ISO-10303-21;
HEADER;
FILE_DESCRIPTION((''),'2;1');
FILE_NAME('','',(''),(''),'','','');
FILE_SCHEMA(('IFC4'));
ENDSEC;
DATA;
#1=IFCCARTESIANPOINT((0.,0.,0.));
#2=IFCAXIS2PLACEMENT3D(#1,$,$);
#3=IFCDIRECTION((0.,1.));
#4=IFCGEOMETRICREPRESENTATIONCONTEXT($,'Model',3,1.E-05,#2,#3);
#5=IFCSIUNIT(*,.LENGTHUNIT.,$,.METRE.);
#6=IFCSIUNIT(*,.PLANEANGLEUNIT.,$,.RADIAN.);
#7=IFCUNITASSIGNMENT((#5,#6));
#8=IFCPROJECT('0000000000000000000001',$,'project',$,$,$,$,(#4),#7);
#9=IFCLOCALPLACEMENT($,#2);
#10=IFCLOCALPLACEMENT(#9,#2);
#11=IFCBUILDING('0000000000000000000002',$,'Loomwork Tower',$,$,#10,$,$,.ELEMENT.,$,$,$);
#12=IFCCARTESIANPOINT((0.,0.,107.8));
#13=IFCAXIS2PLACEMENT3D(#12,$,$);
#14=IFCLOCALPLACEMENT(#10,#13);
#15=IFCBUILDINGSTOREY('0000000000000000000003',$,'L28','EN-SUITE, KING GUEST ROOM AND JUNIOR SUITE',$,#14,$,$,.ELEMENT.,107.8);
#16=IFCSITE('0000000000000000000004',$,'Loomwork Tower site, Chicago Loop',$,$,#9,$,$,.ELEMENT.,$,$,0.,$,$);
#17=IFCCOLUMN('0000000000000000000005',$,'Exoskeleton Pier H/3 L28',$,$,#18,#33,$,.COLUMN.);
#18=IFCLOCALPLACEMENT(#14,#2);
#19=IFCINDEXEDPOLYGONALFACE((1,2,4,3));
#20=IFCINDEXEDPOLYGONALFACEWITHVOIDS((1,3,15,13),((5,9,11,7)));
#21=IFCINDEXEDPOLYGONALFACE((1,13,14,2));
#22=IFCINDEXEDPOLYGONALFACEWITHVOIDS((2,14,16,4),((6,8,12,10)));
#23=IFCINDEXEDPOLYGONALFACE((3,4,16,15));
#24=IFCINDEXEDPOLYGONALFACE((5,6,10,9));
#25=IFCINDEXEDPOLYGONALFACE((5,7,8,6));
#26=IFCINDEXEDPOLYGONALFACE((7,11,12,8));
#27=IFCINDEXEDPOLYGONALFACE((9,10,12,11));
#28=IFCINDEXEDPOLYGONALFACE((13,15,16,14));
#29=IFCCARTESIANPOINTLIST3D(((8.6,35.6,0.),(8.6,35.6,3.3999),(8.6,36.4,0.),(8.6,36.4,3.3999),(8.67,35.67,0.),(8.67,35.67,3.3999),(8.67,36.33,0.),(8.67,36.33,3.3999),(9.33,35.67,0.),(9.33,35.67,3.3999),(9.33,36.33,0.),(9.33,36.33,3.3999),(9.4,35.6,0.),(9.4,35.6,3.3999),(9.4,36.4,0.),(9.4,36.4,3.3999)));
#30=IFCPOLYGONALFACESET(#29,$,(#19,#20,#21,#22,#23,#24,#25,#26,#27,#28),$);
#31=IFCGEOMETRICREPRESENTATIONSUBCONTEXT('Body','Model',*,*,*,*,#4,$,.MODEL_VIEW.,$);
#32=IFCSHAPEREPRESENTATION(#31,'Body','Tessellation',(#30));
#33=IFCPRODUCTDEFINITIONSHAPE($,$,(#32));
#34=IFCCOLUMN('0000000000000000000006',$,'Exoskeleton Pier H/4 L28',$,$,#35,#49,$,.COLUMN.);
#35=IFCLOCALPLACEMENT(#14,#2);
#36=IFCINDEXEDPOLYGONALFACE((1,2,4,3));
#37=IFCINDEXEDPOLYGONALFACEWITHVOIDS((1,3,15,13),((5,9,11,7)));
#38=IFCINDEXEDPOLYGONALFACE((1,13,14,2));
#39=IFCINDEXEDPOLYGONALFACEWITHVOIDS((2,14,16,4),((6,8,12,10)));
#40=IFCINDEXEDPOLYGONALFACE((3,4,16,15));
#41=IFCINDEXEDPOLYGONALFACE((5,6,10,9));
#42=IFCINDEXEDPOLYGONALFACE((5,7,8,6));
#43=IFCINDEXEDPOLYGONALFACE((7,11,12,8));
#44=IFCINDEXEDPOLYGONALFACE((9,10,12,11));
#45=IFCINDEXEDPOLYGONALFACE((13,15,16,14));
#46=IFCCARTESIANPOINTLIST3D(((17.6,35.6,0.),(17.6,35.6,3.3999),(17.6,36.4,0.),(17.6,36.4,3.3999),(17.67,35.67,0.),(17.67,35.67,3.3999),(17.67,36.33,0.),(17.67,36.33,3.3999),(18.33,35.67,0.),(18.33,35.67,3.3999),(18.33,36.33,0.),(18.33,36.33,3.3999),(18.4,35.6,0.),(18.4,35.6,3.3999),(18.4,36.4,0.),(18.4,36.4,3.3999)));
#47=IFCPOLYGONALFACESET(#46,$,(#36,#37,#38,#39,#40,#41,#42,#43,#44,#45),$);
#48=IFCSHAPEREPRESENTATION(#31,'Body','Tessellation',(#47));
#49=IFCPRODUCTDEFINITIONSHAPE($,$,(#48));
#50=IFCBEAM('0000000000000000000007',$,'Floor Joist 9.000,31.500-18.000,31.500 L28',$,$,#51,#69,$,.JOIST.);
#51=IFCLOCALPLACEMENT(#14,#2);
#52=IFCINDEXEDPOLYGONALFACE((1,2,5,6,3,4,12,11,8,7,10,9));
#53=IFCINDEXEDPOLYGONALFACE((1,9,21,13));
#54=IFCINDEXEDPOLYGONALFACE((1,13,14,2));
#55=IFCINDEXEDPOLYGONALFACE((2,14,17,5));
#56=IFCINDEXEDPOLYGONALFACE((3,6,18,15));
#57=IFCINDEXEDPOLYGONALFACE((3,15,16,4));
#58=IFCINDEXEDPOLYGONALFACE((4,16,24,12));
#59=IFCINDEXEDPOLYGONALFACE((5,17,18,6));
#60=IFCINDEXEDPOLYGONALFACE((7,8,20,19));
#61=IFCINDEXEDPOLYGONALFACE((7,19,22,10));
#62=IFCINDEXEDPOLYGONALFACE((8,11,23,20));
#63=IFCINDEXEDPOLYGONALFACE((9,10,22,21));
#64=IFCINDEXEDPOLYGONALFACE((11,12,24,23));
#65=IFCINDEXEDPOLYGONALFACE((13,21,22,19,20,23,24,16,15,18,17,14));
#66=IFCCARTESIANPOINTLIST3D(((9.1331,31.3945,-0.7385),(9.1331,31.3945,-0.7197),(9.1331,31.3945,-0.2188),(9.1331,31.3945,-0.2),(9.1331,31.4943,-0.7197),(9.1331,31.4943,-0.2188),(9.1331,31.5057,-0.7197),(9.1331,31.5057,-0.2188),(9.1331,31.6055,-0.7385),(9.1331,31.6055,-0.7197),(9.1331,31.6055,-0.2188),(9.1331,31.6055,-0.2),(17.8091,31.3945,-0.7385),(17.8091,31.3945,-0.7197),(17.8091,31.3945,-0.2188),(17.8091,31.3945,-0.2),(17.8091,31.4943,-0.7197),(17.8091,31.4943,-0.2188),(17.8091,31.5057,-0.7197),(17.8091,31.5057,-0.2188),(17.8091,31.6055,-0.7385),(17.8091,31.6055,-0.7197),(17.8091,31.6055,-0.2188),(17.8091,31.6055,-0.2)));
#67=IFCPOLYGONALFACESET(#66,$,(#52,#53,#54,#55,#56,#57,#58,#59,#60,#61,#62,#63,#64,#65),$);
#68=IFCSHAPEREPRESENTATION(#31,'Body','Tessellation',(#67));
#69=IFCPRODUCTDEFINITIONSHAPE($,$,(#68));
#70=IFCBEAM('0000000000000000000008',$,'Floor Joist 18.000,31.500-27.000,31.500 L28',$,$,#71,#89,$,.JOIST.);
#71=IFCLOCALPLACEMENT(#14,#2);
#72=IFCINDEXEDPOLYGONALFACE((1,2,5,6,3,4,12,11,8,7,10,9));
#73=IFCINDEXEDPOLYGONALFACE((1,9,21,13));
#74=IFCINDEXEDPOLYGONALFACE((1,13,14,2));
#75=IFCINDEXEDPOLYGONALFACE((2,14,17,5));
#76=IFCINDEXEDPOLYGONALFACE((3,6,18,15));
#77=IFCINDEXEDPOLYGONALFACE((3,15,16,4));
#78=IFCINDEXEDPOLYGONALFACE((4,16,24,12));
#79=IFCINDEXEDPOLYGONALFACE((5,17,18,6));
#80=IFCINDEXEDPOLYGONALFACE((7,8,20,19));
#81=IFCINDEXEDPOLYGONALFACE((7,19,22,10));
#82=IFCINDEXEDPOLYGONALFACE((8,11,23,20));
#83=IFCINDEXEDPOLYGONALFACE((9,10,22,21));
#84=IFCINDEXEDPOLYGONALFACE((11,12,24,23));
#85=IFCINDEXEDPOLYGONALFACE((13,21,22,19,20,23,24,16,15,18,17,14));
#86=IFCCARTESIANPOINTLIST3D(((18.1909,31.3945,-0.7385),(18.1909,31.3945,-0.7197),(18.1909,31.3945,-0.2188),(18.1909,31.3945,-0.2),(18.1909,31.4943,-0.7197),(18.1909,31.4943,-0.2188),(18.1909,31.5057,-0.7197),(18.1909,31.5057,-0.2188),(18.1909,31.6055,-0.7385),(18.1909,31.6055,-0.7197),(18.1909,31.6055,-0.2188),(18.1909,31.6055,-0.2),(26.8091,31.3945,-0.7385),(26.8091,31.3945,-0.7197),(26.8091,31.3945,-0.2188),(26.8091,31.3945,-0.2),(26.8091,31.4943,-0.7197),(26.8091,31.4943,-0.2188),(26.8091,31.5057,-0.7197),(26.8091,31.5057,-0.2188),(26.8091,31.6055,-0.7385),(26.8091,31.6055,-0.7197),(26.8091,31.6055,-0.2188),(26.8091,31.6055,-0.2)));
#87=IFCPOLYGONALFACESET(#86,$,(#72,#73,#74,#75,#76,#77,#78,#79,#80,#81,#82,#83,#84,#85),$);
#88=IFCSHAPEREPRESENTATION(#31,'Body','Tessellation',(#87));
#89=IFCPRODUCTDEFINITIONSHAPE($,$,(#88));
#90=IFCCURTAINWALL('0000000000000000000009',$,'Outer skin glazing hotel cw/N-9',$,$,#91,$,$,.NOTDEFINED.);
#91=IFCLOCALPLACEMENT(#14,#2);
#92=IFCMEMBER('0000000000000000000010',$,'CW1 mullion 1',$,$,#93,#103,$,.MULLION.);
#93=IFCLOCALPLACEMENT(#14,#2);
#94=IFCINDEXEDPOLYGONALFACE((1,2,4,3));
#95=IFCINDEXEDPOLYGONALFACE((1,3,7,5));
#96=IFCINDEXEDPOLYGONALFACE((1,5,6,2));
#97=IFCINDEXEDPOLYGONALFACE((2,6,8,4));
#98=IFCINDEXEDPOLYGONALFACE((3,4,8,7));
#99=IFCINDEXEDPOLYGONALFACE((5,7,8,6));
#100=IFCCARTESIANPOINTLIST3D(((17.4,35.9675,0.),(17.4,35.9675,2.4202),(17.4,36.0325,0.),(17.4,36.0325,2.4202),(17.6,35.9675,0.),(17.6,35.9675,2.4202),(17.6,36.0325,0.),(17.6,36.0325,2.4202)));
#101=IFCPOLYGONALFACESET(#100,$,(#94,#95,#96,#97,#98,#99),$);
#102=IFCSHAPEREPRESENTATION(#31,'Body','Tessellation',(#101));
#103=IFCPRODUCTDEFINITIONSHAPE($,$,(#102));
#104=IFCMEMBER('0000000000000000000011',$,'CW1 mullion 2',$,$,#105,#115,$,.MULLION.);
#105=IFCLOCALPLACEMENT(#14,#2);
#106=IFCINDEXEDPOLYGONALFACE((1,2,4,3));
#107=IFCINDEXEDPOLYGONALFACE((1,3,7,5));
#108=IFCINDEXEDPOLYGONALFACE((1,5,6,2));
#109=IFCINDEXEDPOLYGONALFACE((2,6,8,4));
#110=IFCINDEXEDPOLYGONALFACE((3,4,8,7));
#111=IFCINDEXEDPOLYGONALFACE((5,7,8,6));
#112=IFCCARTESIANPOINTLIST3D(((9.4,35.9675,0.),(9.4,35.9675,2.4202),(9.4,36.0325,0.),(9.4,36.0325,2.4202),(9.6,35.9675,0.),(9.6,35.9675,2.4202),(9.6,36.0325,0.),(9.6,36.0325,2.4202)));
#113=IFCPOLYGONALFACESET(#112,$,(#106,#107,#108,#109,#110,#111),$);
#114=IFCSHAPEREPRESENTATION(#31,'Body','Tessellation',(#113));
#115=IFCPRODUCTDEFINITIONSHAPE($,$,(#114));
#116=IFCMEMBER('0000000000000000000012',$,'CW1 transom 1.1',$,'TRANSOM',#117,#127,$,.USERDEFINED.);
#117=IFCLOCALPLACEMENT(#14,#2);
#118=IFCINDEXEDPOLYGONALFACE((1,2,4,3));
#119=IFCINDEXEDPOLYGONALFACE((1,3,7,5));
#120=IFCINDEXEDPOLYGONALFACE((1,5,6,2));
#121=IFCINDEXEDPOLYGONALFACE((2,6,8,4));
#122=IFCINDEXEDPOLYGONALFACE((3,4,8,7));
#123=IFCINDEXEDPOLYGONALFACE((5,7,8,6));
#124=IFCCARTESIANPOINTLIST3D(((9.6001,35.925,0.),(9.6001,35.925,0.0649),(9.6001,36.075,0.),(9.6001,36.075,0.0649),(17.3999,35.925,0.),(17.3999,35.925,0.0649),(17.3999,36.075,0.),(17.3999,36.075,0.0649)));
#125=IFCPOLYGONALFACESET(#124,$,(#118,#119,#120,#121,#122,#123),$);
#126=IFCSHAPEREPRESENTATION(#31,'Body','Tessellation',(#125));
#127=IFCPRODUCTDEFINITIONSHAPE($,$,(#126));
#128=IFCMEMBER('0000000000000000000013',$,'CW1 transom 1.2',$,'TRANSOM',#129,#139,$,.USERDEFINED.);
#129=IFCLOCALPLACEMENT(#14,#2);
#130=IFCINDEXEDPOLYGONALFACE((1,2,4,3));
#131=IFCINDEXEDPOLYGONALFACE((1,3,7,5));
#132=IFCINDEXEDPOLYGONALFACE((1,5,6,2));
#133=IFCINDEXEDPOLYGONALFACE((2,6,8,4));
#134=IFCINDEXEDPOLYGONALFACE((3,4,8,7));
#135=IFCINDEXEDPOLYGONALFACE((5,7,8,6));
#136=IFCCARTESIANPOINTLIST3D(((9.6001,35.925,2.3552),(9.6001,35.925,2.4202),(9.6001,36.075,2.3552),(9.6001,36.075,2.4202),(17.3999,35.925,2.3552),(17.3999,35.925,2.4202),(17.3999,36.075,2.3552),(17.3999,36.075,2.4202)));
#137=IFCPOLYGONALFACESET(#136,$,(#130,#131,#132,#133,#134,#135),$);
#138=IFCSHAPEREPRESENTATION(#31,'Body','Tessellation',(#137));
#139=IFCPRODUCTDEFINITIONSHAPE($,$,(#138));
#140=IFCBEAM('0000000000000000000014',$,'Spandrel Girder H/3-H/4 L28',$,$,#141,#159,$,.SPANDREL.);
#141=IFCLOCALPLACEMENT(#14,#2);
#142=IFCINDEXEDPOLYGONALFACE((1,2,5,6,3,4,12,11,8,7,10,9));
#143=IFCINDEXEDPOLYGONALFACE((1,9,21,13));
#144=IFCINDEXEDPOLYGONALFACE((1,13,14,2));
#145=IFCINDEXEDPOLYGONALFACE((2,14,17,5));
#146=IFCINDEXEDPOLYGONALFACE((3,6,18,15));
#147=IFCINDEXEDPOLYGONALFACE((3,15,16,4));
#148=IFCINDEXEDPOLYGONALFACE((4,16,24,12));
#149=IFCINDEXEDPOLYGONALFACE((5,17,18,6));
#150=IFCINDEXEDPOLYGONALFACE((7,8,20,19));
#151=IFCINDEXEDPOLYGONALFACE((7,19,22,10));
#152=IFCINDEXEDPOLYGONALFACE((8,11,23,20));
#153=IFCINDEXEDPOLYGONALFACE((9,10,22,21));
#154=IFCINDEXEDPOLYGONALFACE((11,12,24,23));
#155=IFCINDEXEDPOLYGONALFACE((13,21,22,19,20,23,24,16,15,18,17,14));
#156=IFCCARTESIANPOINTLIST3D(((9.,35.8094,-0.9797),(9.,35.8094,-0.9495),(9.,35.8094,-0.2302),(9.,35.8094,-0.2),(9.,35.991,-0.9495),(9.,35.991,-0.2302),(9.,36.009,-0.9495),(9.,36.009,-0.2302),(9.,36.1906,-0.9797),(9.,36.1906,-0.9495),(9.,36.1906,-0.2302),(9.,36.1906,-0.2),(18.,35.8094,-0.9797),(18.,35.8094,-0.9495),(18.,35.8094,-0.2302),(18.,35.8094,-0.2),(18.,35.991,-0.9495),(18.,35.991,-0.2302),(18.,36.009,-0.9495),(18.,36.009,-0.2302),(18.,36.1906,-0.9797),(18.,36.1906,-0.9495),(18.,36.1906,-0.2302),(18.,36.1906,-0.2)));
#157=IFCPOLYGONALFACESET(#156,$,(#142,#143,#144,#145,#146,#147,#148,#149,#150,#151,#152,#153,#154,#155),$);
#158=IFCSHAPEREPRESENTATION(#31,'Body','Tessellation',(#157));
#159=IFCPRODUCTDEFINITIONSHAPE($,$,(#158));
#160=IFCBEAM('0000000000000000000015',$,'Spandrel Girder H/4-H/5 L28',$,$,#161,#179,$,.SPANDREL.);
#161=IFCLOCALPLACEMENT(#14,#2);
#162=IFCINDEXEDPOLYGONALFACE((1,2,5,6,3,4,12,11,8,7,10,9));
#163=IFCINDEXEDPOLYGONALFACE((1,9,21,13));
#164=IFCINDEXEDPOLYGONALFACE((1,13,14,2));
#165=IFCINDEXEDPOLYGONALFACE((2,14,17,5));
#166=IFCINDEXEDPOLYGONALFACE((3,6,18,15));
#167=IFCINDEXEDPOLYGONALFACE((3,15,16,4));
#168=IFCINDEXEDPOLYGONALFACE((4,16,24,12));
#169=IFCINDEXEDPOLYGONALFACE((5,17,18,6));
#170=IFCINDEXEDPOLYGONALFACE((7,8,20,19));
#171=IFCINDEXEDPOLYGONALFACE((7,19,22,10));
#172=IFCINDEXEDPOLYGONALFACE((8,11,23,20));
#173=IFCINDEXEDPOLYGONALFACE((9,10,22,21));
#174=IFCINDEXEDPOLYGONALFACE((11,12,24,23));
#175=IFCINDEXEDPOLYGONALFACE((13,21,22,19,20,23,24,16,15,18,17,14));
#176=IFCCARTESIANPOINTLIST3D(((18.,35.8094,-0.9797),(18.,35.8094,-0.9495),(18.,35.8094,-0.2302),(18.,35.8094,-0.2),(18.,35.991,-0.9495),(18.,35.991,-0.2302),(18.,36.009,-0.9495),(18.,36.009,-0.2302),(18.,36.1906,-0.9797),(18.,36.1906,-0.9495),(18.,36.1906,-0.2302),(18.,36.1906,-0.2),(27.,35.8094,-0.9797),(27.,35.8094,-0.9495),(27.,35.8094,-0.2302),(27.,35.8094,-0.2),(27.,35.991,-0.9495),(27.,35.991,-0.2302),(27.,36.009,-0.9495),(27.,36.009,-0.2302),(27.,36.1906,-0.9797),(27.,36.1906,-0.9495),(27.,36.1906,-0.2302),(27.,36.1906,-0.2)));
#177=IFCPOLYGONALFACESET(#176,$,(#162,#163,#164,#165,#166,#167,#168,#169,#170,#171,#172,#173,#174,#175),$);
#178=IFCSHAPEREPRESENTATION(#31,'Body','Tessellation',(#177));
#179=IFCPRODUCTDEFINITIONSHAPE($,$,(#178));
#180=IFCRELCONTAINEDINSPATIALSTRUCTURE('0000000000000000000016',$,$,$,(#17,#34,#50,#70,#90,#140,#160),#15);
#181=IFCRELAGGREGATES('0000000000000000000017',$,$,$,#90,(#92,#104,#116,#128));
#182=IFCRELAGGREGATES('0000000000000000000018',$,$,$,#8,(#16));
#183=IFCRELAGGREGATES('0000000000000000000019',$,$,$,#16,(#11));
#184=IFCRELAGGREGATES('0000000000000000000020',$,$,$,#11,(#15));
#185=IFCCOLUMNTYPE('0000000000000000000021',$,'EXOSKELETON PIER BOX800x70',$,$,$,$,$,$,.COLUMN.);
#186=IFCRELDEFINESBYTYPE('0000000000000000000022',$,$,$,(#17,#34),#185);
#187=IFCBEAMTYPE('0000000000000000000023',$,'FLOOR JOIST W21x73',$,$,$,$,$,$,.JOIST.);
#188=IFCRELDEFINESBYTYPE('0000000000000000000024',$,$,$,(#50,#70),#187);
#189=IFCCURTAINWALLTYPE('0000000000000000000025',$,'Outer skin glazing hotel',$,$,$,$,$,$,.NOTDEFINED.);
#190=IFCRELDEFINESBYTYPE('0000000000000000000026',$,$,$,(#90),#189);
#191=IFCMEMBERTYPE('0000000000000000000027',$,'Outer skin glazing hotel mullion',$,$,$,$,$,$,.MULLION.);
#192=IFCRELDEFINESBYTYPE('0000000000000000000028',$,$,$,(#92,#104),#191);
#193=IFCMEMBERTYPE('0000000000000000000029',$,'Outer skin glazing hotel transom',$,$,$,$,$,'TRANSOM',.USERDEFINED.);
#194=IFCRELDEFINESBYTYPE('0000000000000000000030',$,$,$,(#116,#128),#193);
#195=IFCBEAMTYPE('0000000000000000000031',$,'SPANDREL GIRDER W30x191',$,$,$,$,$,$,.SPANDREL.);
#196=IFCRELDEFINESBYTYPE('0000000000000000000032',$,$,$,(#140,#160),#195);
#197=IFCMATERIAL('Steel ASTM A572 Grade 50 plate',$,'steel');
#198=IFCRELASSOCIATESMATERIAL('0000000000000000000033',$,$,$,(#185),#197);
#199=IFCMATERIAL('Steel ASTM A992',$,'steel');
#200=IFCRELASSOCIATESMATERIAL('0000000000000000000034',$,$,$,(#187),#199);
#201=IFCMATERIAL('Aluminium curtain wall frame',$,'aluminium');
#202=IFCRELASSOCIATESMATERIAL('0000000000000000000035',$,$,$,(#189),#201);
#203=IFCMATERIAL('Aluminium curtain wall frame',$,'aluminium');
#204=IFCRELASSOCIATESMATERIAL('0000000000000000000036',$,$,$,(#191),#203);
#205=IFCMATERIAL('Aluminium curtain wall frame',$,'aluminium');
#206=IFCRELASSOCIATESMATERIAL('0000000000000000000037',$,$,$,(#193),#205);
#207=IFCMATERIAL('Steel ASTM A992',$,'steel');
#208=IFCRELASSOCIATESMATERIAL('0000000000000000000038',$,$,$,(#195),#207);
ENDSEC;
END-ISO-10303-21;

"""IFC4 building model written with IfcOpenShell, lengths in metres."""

from ifc_helpers import new_model, si_unit, direction, frame, origin, origin_2d, place, context, subcontext, project, spatial, rectangle, hollow_rectangle, i_section, extrude, material, material_profile, profile_set, type_object, element, aggregate, save


model = new_model("IFC4")

# Units and contexts
model_context = context("Model", 3, precision=1e-05, world=origin(), true_north=direction((0.0, 1.0)))
body_context = subcontext(model_context, "Body", "Model", "MODEL_VIEW")
ifc_project = project(units=[si_unit("LENGTHUNIT", "METRE"), si_unit("PLANEANGLEUNIT", "RADIAN")], contexts=[model_context])

# Site, building, storey
site_placement = place(None, origin())
site = spatial("IfcSite", under=ifc_project, at=site_placement, Name="Loomwork Tower site, Chicago Loop", CompositionType="ELEMENT", RefElevation=0.0)
building_placement = place(site_placement, origin())
building = spatial("IfcBuilding", under=site, at=building_placement, Name="Loomwork Tower", CompositionType="ELEMENT")
storey_placement = place(building_placement, frame((0.0, 0.0, 107.8)))
storey = spatial("IfcBuildingStorey", under=building, at=storey_placement, Name="L28", Description="EN-SUITE, KING GUEST ROOM AND JUNIOR SUITE", CompositionType="ELEMENT", Elevation=107.8)

# Columns
ifc_material_1 = material(Name="Steel ASTM A572 Grade 50 plate", Category="steel")
ifc_material_profile_1 = material_profile(ifc_material_1, hollow_rectangle(XDim=0.8, YDim=0.8, WallThickness=0.0701, at=origin_2d()), Name="BOX800x70")
ifc_profile_set_1 = profile_set([ifc_material_profile_1], Name="Steel ASTM A572 Grade 50 plate")
column_type = type_object("IfcColumnType", Name="EXOSKELETON PIER BOX800x70", PredefinedType="COLUMN", material=ifc_profile_set_1)
for number, where, z_axis, x_axis, name in (
    (1, (9.0, 36.0, 0.0), (0.0, 0.0, 1.0), (1.0, 0.0, 0.0), "Exoskeleton Pier H/3 L28"),
    (2, (18.0, 36.0, 0.0), (0.0, 0.0, 1.0), (1.0, 0.0, 0.0), "Exoskeleton Pier H/4 L28"),
):
    element("IfcColumn", number, at=place(storey_placement, frame(where, z_axis=z_axis, x_axis=x_axis)), inside=storey, type_object=column_type, Name=name, PredefinedType="COLUMN", context=body_context, shape_type="SweptSolid", body=[
        extrude(hollow_rectangle(XDim=0.8, YDim=0.8, WallThickness=0.0701, at=origin_2d()), origin(), (0.0, 0.0, 1.0), 3.3999),
    ])

# Beams
ifc_material_2 = material(Name="Steel ASTM A992", Category="steel")
ifc_material_profile_2 = material_profile(ifc_material_2, i_section(OverallWidth=0.2109, OverallDepth=0.5386, WebThickness=0.0115, FlangeThickness=0.0188, at=origin_2d()), Name="W21x73")
ifc_profile_set_2 = profile_set([ifc_material_profile_2], Name="Steel ASTM A992")
beam_type_1 = type_object("IfcBeamType", Name="FLOOR JOIST W21x73", PredefinedType="JOIST", material=ifc_profile_set_2)
beam_1_placement = place(storey_placement, frame((9.1331, 31.5, -0.4692), z_axis=(1.0, 0.0, 0.0), x_axis=(0.0, 1.0, 0.0)))
element("IfcBeam", 3, at=beam_1_placement, inside=storey, type_object=beam_type_1, Name="Floor Joist 9.000,31.500-18.000,31.500 L28", PredefinedType="JOIST", context=body_context, shape_type="SweptSolid", body=[
    extrude(i_section(OverallWidth=0.2109, OverallDepth=0.5386, WebThickness=0.0115, FlangeThickness=0.0188, at=origin_2d()), origin(), (0.0, 0.0, 1.0), 8.676),
])
beam_2_placement = place(storey_placement, frame((18.1909, 31.5, -0.4692), z_axis=(1.0, 0.0, 0.0), x_axis=(0.0, 1.0, 0.0)))
element("IfcBeam", 4, at=beam_2_placement, inside=storey, type_object=beam_type_1, Name="Floor Joist 18.000,31.500-27.000,31.500 L28", PredefinedType="JOIST", context=body_context, shape_type="SweptSolid", body=[
    extrude(i_section(OverallWidth=0.2109, OverallDepth=0.5386, WebThickness=0.0115, FlangeThickness=0.0188, at=origin_2d()), origin(), (0.0, 0.0, 1.0), 8.6182),
])

# Curtain wall, members
ifc_material_3 = material(Name="Aluminium curtain wall frame", Category="aluminium")
curtain_wall_type = type_object("IfcCurtainWallType", Name="Outer skin glazing hotel", PredefinedType="NOTDEFINED", material=ifc_material_3)
curtain_wall_placement = place(storey_placement, origin())
curtain_wall = element("IfcCurtainWall", 5, at=curtain_wall_placement, inside=storey, type_object=curtain_wall_type, Name="Outer skin glazing hotel cw/N-9", PredefinedType="NOTDEFINED")
ifc_material_4 = material(Name="Aluminium curtain wall frame", Category="aluminium")
ifc_material_profile_3 = material_profile(ifc_material_4, rectangle(XDim=0.0649, YDim=0.2, at=origin_2d()), Name="AL 65x200")
ifc_profile_set_3 = profile_set([ifc_material_profile_3], Name="Aluminium curtain wall frame")
member_type_1 = type_object("IfcMemberType", Name="Outer skin glazing hotel mullion", PredefinedType="MULLION", material=ifc_profile_set_3)
member_1_placement = place(storey_placement, frame((17.5, 36.0, 0.0), z_axis=(0.0, 0.0, 1.0), x_axis=(0.0, -1.0, 0.0)))
member_1 = element("IfcMember", 6, at=member_1_placement, type_object=member_type_1, Name="CW1 mullion 1", PredefinedType="MULLION", context=body_context, shape_type="SweptSolid", body=[
    extrude(rectangle(XDim=0.0649, YDim=0.2, at=origin_2d()), origin(), (0.0, 0.0, 1.0), 2.4202),
])
member_2_placement = place(storey_placement, frame((9.5, 36.0, 0.0), z_axis=(0.0, 0.0, 1.0), x_axis=(0.0, -1.0, 0.0)))
member_2 = element("IfcMember", 7, at=member_2_placement, type_object=member_type_1, Name="CW1 mullion 2", PredefinedType="MULLION", context=body_context, shape_type="SweptSolid", body=[
    extrude(rectangle(XDim=0.0649, YDim=0.2, at=origin_2d()), origin(), (0.0, 0.0, 1.0), 2.4202),
])
ifc_material_5 = material(Name="Aluminium curtain wall frame", Category="aluminium")
ifc_material_profile_4 = material_profile(ifc_material_5, rectangle(XDim=0.1499, YDim=0.0649, at=origin_2d()), Name="AL 65x150")
ifc_profile_set_4 = profile_set([ifc_material_profile_4], Name="Aluminium curtain wall frame")
member_type_2 = type_object("IfcMemberType", Name="Outer skin glazing hotel transom", ElementType="TRANSOM", PredefinedType="USERDEFINED", material=ifc_profile_set_4)
member_3_placement = place(storey_placement, frame((17.3999, 36.0, 0.0325), z_axis=(-1.0, 0.0, 0.0), x_axis=(0.0, -1.0, 0.0)))
member_3 = element("IfcMember", 8, at=member_3_placement, type_object=member_type_2, Name="CW1 transom 1.1", ObjectType="TRANSOM", PredefinedType="USERDEFINED", context=body_context, shape_type="SweptSolid", body=[
    extrude(rectangle(XDim=0.1499, YDim=0.0649, at=origin_2d()), origin(), (0.0, 0.0, 1.0), 7.7998),
])
member_4_placement = place(storey_placement, frame((17.3999, 36.0, 2.3877), z_axis=(-1.0, 0.0, 0.0), x_axis=(0.0, -1.0, 0.0)))
member_4 = element("IfcMember", 9, at=member_4_placement, type_object=member_type_2, Name="CW1 transom 1.2", ObjectType="TRANSOM", PredefinedType="USERDEFINED", context=body_context, shape_type="SweptSolid", body=[
    extrude(rectangle(XDim=0.1499, YDim=0.0649, at=origin_2d()), origin(), (0.0, 0.0, 1.0), 7.7998),
])

# Beams
ifc_material_6 = material(Name="Steel ASTM A992", Category="steel")
ifc_material_profile_5 = material_profile(ifc_material_6, i_section(OverallWidth=0.3811, OverallDepth=0.7798, WebThickness=0.0181, FlangeThickness=0.0303, at=origin_2d()), Name="W30x191")
ifc_profile_set_5 = profile_set([ifc_material_profile_5], Name="Steel ASTM A992")
beam_type_2 = type_object("IfcBeamType", Name="SPANDREL GIRDER W30x191", PredefinedType="SPANDREL", material=ifc_profile_set_5)
for number, where, z_axis, x_axis, name in (
    (10, (9.0, 36.0, -0.5898), (1.0, 0.0, 0.0), (0.0, 1.0, 0.0), "Spandrel Girder H/3-H/4 L28"),
    (11, (18.0, 36.0, -0.5898), (1.0, 0.0, 0.0), (0.0, 1.0, 0.0), "Spandrel Girder H/4-H/5 L28"),
):
    element("IfcBeam", number, at=place(storey_placement, frame(where, z_axis=z_axis, x_axis=x_axis)), inside=storey, type_object=beam_type_2, Name=name, PredefinedType="SPANDREL", context=body_context, shape_type="SweptSolid", body=[
        extrude(i_section(OverallWidth=0.3811, OverallDepth=0.7798, WebThickness=0.0181, FlangeThickness=0.0303, at=origin_2d()), origin(), (0.0, 0.0, 1.0), 9.0),
    ])

aggregate(curtain_wall, [member_1, member_2, member_3, member_4])

save(model, "model.ifc")
